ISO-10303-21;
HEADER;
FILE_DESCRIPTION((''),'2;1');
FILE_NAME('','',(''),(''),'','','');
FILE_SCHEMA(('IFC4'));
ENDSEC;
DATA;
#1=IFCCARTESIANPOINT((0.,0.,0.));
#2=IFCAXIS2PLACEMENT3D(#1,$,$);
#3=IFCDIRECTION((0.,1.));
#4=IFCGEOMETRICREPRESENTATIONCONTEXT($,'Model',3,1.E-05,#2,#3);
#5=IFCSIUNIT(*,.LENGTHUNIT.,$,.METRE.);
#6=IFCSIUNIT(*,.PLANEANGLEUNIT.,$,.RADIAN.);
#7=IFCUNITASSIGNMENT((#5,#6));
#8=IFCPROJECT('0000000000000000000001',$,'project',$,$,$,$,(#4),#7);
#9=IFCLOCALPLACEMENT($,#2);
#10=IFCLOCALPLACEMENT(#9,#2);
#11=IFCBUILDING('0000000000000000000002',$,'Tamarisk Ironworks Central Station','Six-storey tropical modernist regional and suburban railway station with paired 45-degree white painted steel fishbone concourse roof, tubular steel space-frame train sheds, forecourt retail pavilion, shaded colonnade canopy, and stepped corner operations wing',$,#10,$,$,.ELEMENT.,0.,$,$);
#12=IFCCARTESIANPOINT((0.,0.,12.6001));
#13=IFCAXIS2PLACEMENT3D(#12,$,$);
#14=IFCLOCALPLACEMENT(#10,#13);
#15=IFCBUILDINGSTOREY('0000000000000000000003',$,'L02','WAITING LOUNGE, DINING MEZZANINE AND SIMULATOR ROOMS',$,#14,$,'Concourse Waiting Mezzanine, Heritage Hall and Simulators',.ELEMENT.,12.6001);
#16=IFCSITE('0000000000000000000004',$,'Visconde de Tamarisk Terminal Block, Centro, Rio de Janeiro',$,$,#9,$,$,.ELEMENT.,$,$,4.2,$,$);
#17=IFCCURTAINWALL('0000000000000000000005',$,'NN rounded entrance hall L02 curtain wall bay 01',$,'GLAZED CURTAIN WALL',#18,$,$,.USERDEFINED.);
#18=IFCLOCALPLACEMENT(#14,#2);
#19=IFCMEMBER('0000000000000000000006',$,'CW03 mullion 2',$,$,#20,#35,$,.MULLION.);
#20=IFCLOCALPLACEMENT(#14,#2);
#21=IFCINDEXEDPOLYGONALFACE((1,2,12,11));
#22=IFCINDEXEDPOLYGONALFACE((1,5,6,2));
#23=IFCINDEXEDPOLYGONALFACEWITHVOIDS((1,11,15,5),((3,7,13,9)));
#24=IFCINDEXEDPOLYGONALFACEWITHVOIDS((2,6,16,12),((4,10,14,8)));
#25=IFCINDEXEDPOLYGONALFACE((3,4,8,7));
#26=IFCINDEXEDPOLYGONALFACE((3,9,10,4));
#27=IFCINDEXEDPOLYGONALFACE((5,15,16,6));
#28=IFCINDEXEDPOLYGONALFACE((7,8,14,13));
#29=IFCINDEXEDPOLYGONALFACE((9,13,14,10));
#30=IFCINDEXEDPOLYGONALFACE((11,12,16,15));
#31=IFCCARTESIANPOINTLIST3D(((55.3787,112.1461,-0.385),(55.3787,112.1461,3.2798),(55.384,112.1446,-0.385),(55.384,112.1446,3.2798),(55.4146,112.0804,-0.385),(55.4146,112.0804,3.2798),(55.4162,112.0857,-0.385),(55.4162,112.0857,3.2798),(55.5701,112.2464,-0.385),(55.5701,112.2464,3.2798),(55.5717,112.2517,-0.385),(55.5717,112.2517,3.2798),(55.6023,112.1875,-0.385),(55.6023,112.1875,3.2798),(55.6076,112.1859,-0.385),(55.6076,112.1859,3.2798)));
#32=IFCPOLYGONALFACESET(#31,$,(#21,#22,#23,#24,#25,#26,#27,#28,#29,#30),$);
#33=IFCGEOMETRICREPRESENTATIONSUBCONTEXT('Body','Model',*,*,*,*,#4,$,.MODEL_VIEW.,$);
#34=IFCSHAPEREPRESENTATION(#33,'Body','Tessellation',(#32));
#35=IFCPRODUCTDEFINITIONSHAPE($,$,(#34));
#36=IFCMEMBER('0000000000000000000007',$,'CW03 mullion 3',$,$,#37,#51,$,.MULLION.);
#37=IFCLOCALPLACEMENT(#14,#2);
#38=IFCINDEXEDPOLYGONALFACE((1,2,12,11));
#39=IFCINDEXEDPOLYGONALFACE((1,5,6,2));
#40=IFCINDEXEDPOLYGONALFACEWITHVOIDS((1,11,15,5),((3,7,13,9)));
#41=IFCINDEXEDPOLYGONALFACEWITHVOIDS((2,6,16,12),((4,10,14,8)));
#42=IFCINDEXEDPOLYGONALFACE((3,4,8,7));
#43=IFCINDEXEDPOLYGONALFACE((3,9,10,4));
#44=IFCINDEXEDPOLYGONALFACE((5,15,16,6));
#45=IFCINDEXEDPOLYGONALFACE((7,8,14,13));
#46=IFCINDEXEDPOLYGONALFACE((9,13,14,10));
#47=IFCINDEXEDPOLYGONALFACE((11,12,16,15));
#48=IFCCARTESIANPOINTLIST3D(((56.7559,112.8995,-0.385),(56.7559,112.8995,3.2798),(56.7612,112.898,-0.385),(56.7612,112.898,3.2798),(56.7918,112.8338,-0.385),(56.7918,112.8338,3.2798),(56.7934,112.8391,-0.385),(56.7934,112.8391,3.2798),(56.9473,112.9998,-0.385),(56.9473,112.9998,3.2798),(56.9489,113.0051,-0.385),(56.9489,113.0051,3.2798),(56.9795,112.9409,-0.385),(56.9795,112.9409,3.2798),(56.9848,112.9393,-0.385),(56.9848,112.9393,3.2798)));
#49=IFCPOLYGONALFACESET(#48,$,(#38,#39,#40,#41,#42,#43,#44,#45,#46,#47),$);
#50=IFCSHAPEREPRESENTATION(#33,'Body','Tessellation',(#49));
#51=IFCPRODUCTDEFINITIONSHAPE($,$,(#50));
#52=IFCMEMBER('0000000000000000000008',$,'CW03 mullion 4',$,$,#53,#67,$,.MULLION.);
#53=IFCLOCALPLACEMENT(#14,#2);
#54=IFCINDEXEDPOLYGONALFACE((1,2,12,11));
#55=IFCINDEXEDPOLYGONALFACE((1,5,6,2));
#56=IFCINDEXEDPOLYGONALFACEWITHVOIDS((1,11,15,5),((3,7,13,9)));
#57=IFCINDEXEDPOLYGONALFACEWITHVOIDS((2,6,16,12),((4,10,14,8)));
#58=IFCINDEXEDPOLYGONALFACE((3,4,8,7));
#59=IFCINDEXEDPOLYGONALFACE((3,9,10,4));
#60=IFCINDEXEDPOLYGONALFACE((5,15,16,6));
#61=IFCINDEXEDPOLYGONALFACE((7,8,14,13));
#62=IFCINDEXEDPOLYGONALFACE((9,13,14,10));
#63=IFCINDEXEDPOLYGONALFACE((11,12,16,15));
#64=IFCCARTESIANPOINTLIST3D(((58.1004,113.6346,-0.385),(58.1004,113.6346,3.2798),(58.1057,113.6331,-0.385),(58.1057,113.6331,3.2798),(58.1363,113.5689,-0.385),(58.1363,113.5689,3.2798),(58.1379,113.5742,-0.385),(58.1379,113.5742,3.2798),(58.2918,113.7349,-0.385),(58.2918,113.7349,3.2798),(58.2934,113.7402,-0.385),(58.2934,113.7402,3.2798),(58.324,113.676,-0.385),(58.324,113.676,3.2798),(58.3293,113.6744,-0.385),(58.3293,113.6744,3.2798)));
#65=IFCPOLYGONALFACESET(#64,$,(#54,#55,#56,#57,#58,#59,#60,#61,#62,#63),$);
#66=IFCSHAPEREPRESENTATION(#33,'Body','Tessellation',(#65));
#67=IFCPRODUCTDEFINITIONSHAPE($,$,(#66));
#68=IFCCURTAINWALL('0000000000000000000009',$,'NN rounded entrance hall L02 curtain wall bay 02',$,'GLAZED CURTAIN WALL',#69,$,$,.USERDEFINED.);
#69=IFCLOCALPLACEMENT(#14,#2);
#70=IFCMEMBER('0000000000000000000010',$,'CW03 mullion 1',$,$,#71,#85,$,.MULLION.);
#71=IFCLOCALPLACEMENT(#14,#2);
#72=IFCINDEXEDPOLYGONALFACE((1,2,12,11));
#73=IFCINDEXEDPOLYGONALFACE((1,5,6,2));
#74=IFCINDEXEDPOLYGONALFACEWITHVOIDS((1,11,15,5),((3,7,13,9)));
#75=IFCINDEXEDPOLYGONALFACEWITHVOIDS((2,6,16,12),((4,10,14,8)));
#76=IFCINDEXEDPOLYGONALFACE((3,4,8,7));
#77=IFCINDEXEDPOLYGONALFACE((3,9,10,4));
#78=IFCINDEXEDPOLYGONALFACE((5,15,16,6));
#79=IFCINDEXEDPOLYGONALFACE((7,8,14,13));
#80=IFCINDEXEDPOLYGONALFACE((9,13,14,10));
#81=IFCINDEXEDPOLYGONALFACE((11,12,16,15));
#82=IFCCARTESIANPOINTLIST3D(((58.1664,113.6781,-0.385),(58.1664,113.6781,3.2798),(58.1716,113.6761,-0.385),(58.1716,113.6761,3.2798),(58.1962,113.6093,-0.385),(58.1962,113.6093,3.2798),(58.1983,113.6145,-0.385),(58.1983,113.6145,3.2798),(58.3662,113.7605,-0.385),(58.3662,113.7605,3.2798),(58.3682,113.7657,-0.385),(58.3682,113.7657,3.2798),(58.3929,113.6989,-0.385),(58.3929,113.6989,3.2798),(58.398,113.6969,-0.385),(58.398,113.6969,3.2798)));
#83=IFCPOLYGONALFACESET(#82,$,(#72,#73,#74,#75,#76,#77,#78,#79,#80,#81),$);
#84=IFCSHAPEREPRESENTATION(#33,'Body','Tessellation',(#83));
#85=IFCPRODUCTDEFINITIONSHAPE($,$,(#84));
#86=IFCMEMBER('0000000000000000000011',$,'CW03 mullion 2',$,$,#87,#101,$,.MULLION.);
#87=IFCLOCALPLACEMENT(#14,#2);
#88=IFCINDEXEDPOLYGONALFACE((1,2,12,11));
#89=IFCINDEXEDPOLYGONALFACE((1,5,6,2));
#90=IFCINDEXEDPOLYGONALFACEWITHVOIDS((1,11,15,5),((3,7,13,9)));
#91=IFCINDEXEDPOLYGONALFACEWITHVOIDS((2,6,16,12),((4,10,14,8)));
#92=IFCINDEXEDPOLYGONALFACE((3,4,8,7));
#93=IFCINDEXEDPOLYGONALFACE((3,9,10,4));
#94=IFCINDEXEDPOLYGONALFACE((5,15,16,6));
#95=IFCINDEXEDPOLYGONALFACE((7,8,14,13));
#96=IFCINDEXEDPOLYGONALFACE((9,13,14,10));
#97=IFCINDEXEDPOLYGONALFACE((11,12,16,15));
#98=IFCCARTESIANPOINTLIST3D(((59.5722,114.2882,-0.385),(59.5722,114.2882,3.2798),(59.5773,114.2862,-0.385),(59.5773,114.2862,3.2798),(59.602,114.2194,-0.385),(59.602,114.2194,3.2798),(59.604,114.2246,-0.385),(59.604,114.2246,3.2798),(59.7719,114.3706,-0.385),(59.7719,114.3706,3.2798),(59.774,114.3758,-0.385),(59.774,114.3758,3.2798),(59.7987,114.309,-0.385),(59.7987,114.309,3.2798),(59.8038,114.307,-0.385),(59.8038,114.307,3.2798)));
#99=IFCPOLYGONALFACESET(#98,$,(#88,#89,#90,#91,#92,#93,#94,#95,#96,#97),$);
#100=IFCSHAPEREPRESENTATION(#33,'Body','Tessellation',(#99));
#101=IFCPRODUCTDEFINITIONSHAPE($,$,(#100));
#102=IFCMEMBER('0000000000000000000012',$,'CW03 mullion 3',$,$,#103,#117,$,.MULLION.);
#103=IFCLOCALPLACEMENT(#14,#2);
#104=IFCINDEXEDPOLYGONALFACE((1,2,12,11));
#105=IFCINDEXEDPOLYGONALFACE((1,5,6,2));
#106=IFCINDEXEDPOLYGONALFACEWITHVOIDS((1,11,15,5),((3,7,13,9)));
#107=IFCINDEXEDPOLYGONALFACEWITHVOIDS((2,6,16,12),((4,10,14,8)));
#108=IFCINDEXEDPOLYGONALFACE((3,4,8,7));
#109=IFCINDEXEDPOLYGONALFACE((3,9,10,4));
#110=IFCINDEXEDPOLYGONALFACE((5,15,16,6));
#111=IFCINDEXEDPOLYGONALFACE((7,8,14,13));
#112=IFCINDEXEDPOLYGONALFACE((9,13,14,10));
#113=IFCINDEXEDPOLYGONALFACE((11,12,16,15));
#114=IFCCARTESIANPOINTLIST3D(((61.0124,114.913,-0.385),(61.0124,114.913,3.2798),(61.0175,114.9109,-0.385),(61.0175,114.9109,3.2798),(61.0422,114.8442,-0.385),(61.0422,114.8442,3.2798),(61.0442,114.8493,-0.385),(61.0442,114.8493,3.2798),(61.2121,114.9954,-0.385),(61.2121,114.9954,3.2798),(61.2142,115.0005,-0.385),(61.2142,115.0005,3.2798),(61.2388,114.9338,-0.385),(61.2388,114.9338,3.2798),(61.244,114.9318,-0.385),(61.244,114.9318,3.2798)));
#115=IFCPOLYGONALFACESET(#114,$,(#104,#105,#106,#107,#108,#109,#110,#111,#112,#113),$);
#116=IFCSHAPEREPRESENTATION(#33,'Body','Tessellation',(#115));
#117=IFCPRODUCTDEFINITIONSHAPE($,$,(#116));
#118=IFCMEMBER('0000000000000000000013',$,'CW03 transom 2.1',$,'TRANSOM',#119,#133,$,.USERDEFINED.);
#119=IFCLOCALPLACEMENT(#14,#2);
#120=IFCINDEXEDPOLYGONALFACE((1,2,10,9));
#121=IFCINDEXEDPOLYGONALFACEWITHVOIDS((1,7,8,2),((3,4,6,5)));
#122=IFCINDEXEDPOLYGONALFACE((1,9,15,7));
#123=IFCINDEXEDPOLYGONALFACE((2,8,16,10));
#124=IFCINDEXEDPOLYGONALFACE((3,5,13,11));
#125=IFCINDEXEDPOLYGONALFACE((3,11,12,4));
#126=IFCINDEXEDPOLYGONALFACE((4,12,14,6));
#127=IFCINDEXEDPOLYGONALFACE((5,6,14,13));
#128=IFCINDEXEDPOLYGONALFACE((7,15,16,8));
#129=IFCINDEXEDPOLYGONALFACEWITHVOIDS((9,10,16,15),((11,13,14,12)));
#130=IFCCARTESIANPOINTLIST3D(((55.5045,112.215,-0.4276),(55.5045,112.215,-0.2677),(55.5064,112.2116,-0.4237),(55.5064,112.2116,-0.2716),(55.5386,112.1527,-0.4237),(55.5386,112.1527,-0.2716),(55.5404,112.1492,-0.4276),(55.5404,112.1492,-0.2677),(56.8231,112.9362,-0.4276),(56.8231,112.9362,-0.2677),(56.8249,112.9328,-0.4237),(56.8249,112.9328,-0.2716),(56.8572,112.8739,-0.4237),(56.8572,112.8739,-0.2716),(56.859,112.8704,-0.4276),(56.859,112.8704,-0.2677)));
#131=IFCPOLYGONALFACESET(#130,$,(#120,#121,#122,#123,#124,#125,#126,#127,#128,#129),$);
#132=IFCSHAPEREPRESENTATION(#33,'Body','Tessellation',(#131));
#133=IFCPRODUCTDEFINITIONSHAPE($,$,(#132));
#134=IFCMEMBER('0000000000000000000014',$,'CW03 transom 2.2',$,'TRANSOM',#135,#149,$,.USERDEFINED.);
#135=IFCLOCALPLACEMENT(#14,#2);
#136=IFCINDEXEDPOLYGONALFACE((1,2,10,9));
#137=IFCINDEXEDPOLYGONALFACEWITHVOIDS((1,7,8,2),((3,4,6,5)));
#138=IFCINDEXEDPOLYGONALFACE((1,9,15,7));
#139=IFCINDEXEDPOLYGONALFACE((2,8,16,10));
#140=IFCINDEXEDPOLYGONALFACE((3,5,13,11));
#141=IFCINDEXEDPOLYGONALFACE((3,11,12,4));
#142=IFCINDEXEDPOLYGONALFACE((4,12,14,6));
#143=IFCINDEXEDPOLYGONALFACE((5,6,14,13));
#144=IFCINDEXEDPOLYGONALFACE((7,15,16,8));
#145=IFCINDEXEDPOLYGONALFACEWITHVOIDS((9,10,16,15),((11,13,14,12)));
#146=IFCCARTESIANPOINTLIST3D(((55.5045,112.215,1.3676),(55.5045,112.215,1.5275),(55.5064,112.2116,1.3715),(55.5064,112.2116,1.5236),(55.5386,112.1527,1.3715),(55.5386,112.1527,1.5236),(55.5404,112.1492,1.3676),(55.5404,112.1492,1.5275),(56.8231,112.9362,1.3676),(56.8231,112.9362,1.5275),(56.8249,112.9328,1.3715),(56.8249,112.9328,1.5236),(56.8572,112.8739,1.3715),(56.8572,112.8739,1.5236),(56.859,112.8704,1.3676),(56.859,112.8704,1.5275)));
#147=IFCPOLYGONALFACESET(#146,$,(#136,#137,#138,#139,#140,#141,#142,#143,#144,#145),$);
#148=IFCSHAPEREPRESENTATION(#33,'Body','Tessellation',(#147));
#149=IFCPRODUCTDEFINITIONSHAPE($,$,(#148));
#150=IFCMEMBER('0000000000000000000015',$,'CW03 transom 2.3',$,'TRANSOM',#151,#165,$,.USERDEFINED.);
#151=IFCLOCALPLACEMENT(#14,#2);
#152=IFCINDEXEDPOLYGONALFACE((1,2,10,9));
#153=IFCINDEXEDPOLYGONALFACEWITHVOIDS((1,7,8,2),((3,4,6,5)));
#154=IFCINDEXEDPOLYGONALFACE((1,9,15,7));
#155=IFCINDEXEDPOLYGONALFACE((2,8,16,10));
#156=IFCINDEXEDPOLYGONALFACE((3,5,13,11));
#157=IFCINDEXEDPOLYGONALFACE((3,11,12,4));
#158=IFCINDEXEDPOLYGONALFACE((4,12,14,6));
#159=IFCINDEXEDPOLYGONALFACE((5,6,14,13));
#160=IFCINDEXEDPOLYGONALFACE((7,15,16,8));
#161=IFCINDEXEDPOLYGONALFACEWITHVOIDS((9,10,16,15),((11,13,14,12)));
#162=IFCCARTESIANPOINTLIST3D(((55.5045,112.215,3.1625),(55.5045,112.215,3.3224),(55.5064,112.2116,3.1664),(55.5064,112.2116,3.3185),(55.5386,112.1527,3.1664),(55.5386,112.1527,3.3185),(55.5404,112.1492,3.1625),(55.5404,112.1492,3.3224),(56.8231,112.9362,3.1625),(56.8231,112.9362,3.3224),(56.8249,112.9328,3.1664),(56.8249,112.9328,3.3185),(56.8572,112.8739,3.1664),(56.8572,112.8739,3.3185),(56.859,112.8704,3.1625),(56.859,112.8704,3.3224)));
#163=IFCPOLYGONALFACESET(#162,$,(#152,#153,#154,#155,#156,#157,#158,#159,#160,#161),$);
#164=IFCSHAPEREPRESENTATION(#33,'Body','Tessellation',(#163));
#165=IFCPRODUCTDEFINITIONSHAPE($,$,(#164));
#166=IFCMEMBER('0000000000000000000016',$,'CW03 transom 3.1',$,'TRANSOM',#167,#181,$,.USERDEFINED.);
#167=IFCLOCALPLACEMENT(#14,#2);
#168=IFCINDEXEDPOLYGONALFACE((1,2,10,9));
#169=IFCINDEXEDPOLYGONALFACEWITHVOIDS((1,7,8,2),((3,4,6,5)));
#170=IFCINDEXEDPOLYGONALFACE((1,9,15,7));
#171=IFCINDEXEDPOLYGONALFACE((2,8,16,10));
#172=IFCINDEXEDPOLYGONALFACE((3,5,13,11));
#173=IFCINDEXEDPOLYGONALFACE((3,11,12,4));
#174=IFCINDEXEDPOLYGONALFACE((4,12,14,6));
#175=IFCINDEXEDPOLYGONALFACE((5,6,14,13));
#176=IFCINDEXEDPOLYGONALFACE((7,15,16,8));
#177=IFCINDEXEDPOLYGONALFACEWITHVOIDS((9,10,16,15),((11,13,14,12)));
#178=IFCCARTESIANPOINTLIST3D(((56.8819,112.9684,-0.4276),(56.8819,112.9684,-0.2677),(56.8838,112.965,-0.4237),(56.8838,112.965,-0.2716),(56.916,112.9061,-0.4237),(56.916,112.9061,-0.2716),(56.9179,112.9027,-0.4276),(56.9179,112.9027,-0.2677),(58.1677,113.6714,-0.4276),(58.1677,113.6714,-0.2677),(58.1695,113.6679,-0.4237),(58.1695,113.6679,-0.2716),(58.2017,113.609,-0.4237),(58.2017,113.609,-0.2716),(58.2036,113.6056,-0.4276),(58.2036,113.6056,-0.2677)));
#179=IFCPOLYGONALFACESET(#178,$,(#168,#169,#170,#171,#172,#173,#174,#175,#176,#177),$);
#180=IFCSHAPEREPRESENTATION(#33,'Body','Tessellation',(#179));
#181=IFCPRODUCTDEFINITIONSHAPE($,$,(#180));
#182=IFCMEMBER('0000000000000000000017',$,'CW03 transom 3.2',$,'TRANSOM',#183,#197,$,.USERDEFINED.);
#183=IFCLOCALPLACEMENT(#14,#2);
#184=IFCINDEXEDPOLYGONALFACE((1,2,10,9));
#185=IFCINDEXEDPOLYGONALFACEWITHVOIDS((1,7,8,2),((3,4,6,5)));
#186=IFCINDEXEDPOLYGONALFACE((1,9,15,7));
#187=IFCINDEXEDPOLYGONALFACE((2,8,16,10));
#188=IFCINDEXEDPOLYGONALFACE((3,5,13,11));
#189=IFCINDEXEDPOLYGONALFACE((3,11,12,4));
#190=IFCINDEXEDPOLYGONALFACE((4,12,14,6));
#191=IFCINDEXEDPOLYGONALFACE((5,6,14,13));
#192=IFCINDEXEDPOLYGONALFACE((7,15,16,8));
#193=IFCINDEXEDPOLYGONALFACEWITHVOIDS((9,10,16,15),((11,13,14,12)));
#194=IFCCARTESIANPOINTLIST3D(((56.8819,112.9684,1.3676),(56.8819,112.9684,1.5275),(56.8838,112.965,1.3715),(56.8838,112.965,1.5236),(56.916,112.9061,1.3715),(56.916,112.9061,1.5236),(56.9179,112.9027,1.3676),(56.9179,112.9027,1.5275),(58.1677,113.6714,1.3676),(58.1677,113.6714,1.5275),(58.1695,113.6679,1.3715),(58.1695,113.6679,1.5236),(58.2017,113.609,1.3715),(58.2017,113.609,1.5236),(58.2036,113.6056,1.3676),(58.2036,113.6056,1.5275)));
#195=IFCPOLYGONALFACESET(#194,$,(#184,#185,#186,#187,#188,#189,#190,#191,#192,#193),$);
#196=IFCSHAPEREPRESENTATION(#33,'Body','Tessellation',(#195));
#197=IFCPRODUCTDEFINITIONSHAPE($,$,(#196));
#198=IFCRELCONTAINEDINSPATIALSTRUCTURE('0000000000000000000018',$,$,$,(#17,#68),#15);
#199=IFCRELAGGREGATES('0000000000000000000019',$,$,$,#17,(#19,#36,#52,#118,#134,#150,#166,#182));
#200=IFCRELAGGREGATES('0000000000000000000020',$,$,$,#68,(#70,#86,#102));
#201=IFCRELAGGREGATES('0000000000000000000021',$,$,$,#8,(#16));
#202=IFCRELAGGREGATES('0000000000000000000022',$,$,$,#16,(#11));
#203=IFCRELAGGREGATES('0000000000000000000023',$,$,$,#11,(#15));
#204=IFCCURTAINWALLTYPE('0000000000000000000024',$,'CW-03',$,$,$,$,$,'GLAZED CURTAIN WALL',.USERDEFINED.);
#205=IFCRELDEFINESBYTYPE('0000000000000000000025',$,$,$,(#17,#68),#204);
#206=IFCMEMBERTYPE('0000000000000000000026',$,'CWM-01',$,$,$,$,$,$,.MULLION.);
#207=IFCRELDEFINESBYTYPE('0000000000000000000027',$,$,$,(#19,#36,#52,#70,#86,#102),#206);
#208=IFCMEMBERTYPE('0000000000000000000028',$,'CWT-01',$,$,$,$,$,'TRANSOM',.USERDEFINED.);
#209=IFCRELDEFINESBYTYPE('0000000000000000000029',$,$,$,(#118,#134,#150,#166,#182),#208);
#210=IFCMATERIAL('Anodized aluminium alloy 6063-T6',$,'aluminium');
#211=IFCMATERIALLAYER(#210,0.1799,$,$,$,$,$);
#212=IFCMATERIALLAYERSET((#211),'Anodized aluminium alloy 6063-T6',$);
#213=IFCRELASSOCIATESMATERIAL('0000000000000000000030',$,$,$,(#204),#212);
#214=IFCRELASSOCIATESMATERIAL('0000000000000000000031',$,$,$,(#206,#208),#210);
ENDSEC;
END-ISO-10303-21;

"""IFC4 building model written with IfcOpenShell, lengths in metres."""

from ifc_helpers import new_model, si_unit, direction, frame, origin, origin_2d, place, context, subcontext, project, spatial, hollow_rectangle, extrude, material, layer, layer_set, material_profile, profile_set, type_object, element, aggregate, save


model = new_model("IFC4")

# Units and contexts
model_context = context("Model", 3, precision=1e-05, world=origin(), true_north=direction((0.0, 1.0)))
body_context = subcontext(model_context, "Body", "Model", "MODEL_VIEW")
ifc_project = project(units=[si_unit("LENGTHUNIT", "METRE"), si_unit("PLANEANGLEUNIT", "RADIAN")], contexts=[model_context])

# Site, building, storey
site_placement = place(None, origin())
site = spatial("IfcSite", under=ifc_project, at=site_placement, Name="Visconde de Tamarisk Terminal Block, Centro, Rio de Janeiro", CompositionType="ELEMENT", RefElevation=4.2)
building_placement = place(site_placement, origin())
building = spatial("IfcBuilding", under=site, at=building_placement, Name="Tamarisk Ironworks Central Station", Description="Six-storey tropical modernist regional and suburban railway station with paired 45-degree white painted steel fishbone concourse roof, tubular steel space-frame train sheds, forecourt retail pavilion, shaded colonnade canopy, and stepped corner operations wing", CompositionType="ELEMENT", ElevationOfRefHeight=0.0)
storey_placement = place(building_placement, frame((0.0, 0.0, 12.6001)))
storey = spatial("IfcBuildingStorey", under=building, at=storey_placement, Name="L02", Description="WAITING LOUNGE, DINING MEZZANINE AND SIMULATOR ROOMS", LongName="Concourse Waiting Mezzanine, Heritage Hall and Simulators", CompositionType="ELEMENT", Elevation=12.6001)

# Curtain walls, members
ifc_material_1 = material(Name="Anodized aluminium alloy 6063-T6", Category="aluminium")
ifc_layer_1 = layer(ifc_material_1, 0.1799)
ifc_layer_set_1 = layer_set([ifc_layer_1], Name="Anodized aluminium alloy 6063-T6")
curtain_wall_type = type_object("IfcCurtainWallType", Name="CW-03", ElementType="GLAZED CURTAIN WALL", PredefinedType="USERDEFINED", material=ifc_layer_set_1)
curtain_wall_1_placement = place(storey_placement, origin())
curtain_wall_1 = element("IfcCurtainWall", 1, at=curtain_wall_1_placement, inside=storey, type_object=curtain_wall_type, Name="NN rounded entrance hall L02 curtain wall bay 01", ObjectType="GLAZED CURTAIN WALL", PredefinedType="USERDEFINED")
ifc_material_profile_1 = material_profile(ifc_material_1, hollow_rectangle(XDim=0.075, YDim=0.22, WallThickness=0.0039, at=origin_2d()), Name="ALUM 220x75")
ifc_profile_set_1 = profile_set([ifc_material_profile_1], Name="Anodized aluminium alloy 6063-T6")
member_type_1 = type_object("IfcMemberType", Name="CWM-01", PredefinedType="MULLION", material=ifc_profile_set_1)
member_1_placement = place(storey_placement, frame((55.4932, 112.166, -0.385), z_axis=(0.0, 0.0, 1.0), x_axis=(-0.479805, 0.877375, 0.0)))
member_1 = element("IfcMember", 2, at=member_1_placement, type_object=member_type_1, Name="CW03 mullion 2", PredefinedType="MULLION", context=body_context, shape_type="SweptSolid", body=[
    extrude(hollow_rectangle(XDim=0.075, YDim=0.22, WallThickness=0.0039, at=origin_2d()), origin(), (0.0, 0.0, 1.0), 3.6648),
])
member_2_placement = place(storey_placement, frame((56.8704, 112.9194, -0.385), z_axis=(0.0, 0.0, 1.0), x_axis=(-0.479805, 0.877375, 0.0)))
member_2 = element("IfcMember", 3, at=member_2_placement, type_object=member_type_1, Name="CW03 mullion 3", PredefinedType="MULLION", context=body_context, shape_type="SweptSolid", body=[
    extrude(hollow_rectangle(XDim=0.075, YDim=0.22, WallThickness=0.0039, at=origin_2d()), origin(), (0.0, 0.0, 1.0), 3.6648),
])
member_3_placement = place(storey_placement, frame((58.2148, 113.6545, -0.385), z_axis=(0.0, 0.0, 1.0), x_axis=(-0.479805, 0.877375, 0.0)))
member_3 = element("IfcMember", 4, at=member_3_placement, type_object=member_type_1, Name="CW03 mullion 4", PredefinedType="MULLION", context=body_context, shape_type="SweptSolid", body=[
    extrude(hollow_rectangle(XDim=0.075, YDim=0.22, WallThickness=0.0039, at=origin_2d()), origin(), (0.0, 0.0, 1.0), 3.6648),
])
curtain_wall_2_placement = place(storey_placement, origin())
curtain_wall_2 = element("IfcCurtainWall", 5, at=curtain_wall_2_placement, inside=storey, type_object=curtain_wall_type, Name="NN rounded entrance hall L02 curtain wall bay 02", ObjectType="GLAZED CURTAIN WALL", PredefinedType="USERDEFINED")
member_4_placement = place(storey_placement, frame((58.2822, 113.6875, -0.385), z_axis=(0.0, 0.0, 1.0), x_axis=(-0.398077, 0.917352, 0.0)))
member_4 = element("IfcMember", 6, at=member_4_placement, type_object=member_type_1, Name="CW03 mullion 1", PredefinedType="MULLION", context=body_context, shape_type="SweptSolid", body=[
    extrude(hollow_rectangle(XDim=0.075, YDim=0.22, WallThickness=0.0039, at=origin_2d()), origin(), (0.0, 0.0, 1.0), 3.6648),
])
member_5_placement = place(storey_placement, frame((59.688, 114.2976, -0.385), z_axis=(0.0, 0.0, 1.0), x_axis=(-0.398077, 0.917352, 0.0)))
member_5 = element("IfcMember", 7, at=member_5_placement, type_object=member_type_1, Name="CW03 mullion 2", PredefinedType="MULLION", context=body_context, shape_type="SweptSolid", body=[
    extrude(hollow_rectangle(XDim=0.075, YDim=0.22, WallThickness=0.0039, at=origin_2d()), origin(), (0.0, 0.0, 1.0), 3.6648),
])
member_6_placement = place(storey_placement, frame((61.1282, 114.9224, -0.385), z_axis=(0.0, 0.0, 1.0), x_axis=(-0.398077, 0.917352, 0.0)))
member_6 = element("IfcMember", 8, at=member_6_placement, type_object=member_type_1, Name="CW03 mullion 3", PredefinedType="MULLION", context=body_context, shape_type="SweptSolid", body=[
    extrude(hollow_rectangle(XDim=0.075, YDim=0.22, WallThickness=0.0039, at=origin_2d()), origin(), (0.0, 0.0, 1.0), 3.6648),
])

# Members
ifc_material_profile_2 = material_profile(ifc_material_1, hollow_rectangle(XDim=0.075, YDim=0.1599, WallThickness=0.0039, at=origin_2d()), Name="ALUM 160x75")
ifc_profile_set_2 = profile_set([ifc_material_profile_2], Name="Anodized aluminium alloy 6063-T6")
member_type_2 = type_object("IfcMemberType", Name="CWT-01", ElementType="TRANSOM", PredefinedType="USERDEFINED", material=ifc_profile_set_2)
member_7_placement = place(storey_placement, frame((55.5225, 112.1821, -0.3477), z_axis=(0.877349, 0.479853, 0.0), x_axis=(-0.479853, 0.877349, 0.0)))
member_7 = element("IfcMember", 9, at=member_7_placement, type_object=member_type_2, Name="CW03 transom 2.1", ObjectType="TRANSOM", PredefinedType="USERDEFINED", context=body_context, shape_type="SweptSolid", body=[
    extrude(hollow_rectangle(XDim=0.075, YDim=0.1599, WallThickness=0.0039, at=origin_2d()), origin(), (0.0, 0.0, 1.0), 1.5029),
])
member_8_placement = place(storey_placement, frame((55.5225, 112.1821, 1.4475), z_axis=(0.877349, 0.479853, 0.0), x_axis=(-0.479853, 0.877349, 0.0)))
member_8 = element("IfcMember", 10, at=member_8_placement, type_object=member_type_2, Name="CW03 transom 2.2", ObjectType="TRANSOM", PredefinedType="USERDEFINED", context=body_context, shape_type="SweptSolid", body=[
    extrude(hollow_rectangle(XDim=0.075, YDim=0.1599, WallThickness=0.0039, at=origin_2d()), origin(), (0.0, 0.0, 1.0), 1.5029),
])
member_9_placement = place(storey_placement, frame((55.5225, 112.1821, 3.2424), z_axis=(0.877349, 0.479853, 0.0), x_axis=(-0.479853, 0.877349, 0.0)))
member_9 = element("IfcMember", 11, at=member_9_placement, type_object=member_type_2, Name="CW03 transom 2.3", ObjectType="TRANSOM", PredefinedType="USERDEFINED", context=body_context, shape_type="SweptSolid", body=[
    extrude(hollow_rectangle(XDim=0.075, YDim=0.1599, WallThickness=0.0039, at=origin_2d()), origin(), (0.0, 0.0, 1.0), 1.5029),
])
member_10_placement = place(storey_placement, frame((56.8999, 112.9355, -0.3477), z_axis=(0.87743, 0.479704, 0.0), x_axis=(-0.479704, 0.87743, 0.0)))
member_10 = element("IfcMember", 12, at=member_10_placement, type_object=member_type_2, Name="CW03 transom 3.1", ObjectType="TRANSOM", PredefinedType="USERDEFINED", context=body_context, shape_type="SweptSolid", body=[
    extrude(hollow_rectangle(XDim=0.075, YDim=0.1599, WallThickness=0.0039, at=origin_2d()), origin(), (0.0, 0.0, 1.0), 1.4653),
])
member_11_placement = place(storey_placement, frame((56.8999, 112.9355, 1.4475), z_axis=(0.87743, 0.479704, 0.0), x_axis=(-0.479704, 0.87743, 0.0)))
member_11 = element("IfcMember", 13, at=member_11_placement, type_object=member_type_2, Name="CW03 transom 3.2", ObjectType="TRANSOM", PredefinedType="USERDEFINED", context=body_context, shape_type="SweptSolid", body=[
    extrude(hollow_rectangle(XDim=0.075, YDim=0.1599, WallThickness=0.0039, at=origin_2d()), origin(), (0.0, 0.0, 1.0), 1.4653),
])

aggregate(curtain_wall_1, [member_1, member_2, member_3, member_7, member_8, member_9, member_10, member_11])
aggregate(curtain_wall_2, [member_4, member_5, member_6])

save(model, "model.ifc")
